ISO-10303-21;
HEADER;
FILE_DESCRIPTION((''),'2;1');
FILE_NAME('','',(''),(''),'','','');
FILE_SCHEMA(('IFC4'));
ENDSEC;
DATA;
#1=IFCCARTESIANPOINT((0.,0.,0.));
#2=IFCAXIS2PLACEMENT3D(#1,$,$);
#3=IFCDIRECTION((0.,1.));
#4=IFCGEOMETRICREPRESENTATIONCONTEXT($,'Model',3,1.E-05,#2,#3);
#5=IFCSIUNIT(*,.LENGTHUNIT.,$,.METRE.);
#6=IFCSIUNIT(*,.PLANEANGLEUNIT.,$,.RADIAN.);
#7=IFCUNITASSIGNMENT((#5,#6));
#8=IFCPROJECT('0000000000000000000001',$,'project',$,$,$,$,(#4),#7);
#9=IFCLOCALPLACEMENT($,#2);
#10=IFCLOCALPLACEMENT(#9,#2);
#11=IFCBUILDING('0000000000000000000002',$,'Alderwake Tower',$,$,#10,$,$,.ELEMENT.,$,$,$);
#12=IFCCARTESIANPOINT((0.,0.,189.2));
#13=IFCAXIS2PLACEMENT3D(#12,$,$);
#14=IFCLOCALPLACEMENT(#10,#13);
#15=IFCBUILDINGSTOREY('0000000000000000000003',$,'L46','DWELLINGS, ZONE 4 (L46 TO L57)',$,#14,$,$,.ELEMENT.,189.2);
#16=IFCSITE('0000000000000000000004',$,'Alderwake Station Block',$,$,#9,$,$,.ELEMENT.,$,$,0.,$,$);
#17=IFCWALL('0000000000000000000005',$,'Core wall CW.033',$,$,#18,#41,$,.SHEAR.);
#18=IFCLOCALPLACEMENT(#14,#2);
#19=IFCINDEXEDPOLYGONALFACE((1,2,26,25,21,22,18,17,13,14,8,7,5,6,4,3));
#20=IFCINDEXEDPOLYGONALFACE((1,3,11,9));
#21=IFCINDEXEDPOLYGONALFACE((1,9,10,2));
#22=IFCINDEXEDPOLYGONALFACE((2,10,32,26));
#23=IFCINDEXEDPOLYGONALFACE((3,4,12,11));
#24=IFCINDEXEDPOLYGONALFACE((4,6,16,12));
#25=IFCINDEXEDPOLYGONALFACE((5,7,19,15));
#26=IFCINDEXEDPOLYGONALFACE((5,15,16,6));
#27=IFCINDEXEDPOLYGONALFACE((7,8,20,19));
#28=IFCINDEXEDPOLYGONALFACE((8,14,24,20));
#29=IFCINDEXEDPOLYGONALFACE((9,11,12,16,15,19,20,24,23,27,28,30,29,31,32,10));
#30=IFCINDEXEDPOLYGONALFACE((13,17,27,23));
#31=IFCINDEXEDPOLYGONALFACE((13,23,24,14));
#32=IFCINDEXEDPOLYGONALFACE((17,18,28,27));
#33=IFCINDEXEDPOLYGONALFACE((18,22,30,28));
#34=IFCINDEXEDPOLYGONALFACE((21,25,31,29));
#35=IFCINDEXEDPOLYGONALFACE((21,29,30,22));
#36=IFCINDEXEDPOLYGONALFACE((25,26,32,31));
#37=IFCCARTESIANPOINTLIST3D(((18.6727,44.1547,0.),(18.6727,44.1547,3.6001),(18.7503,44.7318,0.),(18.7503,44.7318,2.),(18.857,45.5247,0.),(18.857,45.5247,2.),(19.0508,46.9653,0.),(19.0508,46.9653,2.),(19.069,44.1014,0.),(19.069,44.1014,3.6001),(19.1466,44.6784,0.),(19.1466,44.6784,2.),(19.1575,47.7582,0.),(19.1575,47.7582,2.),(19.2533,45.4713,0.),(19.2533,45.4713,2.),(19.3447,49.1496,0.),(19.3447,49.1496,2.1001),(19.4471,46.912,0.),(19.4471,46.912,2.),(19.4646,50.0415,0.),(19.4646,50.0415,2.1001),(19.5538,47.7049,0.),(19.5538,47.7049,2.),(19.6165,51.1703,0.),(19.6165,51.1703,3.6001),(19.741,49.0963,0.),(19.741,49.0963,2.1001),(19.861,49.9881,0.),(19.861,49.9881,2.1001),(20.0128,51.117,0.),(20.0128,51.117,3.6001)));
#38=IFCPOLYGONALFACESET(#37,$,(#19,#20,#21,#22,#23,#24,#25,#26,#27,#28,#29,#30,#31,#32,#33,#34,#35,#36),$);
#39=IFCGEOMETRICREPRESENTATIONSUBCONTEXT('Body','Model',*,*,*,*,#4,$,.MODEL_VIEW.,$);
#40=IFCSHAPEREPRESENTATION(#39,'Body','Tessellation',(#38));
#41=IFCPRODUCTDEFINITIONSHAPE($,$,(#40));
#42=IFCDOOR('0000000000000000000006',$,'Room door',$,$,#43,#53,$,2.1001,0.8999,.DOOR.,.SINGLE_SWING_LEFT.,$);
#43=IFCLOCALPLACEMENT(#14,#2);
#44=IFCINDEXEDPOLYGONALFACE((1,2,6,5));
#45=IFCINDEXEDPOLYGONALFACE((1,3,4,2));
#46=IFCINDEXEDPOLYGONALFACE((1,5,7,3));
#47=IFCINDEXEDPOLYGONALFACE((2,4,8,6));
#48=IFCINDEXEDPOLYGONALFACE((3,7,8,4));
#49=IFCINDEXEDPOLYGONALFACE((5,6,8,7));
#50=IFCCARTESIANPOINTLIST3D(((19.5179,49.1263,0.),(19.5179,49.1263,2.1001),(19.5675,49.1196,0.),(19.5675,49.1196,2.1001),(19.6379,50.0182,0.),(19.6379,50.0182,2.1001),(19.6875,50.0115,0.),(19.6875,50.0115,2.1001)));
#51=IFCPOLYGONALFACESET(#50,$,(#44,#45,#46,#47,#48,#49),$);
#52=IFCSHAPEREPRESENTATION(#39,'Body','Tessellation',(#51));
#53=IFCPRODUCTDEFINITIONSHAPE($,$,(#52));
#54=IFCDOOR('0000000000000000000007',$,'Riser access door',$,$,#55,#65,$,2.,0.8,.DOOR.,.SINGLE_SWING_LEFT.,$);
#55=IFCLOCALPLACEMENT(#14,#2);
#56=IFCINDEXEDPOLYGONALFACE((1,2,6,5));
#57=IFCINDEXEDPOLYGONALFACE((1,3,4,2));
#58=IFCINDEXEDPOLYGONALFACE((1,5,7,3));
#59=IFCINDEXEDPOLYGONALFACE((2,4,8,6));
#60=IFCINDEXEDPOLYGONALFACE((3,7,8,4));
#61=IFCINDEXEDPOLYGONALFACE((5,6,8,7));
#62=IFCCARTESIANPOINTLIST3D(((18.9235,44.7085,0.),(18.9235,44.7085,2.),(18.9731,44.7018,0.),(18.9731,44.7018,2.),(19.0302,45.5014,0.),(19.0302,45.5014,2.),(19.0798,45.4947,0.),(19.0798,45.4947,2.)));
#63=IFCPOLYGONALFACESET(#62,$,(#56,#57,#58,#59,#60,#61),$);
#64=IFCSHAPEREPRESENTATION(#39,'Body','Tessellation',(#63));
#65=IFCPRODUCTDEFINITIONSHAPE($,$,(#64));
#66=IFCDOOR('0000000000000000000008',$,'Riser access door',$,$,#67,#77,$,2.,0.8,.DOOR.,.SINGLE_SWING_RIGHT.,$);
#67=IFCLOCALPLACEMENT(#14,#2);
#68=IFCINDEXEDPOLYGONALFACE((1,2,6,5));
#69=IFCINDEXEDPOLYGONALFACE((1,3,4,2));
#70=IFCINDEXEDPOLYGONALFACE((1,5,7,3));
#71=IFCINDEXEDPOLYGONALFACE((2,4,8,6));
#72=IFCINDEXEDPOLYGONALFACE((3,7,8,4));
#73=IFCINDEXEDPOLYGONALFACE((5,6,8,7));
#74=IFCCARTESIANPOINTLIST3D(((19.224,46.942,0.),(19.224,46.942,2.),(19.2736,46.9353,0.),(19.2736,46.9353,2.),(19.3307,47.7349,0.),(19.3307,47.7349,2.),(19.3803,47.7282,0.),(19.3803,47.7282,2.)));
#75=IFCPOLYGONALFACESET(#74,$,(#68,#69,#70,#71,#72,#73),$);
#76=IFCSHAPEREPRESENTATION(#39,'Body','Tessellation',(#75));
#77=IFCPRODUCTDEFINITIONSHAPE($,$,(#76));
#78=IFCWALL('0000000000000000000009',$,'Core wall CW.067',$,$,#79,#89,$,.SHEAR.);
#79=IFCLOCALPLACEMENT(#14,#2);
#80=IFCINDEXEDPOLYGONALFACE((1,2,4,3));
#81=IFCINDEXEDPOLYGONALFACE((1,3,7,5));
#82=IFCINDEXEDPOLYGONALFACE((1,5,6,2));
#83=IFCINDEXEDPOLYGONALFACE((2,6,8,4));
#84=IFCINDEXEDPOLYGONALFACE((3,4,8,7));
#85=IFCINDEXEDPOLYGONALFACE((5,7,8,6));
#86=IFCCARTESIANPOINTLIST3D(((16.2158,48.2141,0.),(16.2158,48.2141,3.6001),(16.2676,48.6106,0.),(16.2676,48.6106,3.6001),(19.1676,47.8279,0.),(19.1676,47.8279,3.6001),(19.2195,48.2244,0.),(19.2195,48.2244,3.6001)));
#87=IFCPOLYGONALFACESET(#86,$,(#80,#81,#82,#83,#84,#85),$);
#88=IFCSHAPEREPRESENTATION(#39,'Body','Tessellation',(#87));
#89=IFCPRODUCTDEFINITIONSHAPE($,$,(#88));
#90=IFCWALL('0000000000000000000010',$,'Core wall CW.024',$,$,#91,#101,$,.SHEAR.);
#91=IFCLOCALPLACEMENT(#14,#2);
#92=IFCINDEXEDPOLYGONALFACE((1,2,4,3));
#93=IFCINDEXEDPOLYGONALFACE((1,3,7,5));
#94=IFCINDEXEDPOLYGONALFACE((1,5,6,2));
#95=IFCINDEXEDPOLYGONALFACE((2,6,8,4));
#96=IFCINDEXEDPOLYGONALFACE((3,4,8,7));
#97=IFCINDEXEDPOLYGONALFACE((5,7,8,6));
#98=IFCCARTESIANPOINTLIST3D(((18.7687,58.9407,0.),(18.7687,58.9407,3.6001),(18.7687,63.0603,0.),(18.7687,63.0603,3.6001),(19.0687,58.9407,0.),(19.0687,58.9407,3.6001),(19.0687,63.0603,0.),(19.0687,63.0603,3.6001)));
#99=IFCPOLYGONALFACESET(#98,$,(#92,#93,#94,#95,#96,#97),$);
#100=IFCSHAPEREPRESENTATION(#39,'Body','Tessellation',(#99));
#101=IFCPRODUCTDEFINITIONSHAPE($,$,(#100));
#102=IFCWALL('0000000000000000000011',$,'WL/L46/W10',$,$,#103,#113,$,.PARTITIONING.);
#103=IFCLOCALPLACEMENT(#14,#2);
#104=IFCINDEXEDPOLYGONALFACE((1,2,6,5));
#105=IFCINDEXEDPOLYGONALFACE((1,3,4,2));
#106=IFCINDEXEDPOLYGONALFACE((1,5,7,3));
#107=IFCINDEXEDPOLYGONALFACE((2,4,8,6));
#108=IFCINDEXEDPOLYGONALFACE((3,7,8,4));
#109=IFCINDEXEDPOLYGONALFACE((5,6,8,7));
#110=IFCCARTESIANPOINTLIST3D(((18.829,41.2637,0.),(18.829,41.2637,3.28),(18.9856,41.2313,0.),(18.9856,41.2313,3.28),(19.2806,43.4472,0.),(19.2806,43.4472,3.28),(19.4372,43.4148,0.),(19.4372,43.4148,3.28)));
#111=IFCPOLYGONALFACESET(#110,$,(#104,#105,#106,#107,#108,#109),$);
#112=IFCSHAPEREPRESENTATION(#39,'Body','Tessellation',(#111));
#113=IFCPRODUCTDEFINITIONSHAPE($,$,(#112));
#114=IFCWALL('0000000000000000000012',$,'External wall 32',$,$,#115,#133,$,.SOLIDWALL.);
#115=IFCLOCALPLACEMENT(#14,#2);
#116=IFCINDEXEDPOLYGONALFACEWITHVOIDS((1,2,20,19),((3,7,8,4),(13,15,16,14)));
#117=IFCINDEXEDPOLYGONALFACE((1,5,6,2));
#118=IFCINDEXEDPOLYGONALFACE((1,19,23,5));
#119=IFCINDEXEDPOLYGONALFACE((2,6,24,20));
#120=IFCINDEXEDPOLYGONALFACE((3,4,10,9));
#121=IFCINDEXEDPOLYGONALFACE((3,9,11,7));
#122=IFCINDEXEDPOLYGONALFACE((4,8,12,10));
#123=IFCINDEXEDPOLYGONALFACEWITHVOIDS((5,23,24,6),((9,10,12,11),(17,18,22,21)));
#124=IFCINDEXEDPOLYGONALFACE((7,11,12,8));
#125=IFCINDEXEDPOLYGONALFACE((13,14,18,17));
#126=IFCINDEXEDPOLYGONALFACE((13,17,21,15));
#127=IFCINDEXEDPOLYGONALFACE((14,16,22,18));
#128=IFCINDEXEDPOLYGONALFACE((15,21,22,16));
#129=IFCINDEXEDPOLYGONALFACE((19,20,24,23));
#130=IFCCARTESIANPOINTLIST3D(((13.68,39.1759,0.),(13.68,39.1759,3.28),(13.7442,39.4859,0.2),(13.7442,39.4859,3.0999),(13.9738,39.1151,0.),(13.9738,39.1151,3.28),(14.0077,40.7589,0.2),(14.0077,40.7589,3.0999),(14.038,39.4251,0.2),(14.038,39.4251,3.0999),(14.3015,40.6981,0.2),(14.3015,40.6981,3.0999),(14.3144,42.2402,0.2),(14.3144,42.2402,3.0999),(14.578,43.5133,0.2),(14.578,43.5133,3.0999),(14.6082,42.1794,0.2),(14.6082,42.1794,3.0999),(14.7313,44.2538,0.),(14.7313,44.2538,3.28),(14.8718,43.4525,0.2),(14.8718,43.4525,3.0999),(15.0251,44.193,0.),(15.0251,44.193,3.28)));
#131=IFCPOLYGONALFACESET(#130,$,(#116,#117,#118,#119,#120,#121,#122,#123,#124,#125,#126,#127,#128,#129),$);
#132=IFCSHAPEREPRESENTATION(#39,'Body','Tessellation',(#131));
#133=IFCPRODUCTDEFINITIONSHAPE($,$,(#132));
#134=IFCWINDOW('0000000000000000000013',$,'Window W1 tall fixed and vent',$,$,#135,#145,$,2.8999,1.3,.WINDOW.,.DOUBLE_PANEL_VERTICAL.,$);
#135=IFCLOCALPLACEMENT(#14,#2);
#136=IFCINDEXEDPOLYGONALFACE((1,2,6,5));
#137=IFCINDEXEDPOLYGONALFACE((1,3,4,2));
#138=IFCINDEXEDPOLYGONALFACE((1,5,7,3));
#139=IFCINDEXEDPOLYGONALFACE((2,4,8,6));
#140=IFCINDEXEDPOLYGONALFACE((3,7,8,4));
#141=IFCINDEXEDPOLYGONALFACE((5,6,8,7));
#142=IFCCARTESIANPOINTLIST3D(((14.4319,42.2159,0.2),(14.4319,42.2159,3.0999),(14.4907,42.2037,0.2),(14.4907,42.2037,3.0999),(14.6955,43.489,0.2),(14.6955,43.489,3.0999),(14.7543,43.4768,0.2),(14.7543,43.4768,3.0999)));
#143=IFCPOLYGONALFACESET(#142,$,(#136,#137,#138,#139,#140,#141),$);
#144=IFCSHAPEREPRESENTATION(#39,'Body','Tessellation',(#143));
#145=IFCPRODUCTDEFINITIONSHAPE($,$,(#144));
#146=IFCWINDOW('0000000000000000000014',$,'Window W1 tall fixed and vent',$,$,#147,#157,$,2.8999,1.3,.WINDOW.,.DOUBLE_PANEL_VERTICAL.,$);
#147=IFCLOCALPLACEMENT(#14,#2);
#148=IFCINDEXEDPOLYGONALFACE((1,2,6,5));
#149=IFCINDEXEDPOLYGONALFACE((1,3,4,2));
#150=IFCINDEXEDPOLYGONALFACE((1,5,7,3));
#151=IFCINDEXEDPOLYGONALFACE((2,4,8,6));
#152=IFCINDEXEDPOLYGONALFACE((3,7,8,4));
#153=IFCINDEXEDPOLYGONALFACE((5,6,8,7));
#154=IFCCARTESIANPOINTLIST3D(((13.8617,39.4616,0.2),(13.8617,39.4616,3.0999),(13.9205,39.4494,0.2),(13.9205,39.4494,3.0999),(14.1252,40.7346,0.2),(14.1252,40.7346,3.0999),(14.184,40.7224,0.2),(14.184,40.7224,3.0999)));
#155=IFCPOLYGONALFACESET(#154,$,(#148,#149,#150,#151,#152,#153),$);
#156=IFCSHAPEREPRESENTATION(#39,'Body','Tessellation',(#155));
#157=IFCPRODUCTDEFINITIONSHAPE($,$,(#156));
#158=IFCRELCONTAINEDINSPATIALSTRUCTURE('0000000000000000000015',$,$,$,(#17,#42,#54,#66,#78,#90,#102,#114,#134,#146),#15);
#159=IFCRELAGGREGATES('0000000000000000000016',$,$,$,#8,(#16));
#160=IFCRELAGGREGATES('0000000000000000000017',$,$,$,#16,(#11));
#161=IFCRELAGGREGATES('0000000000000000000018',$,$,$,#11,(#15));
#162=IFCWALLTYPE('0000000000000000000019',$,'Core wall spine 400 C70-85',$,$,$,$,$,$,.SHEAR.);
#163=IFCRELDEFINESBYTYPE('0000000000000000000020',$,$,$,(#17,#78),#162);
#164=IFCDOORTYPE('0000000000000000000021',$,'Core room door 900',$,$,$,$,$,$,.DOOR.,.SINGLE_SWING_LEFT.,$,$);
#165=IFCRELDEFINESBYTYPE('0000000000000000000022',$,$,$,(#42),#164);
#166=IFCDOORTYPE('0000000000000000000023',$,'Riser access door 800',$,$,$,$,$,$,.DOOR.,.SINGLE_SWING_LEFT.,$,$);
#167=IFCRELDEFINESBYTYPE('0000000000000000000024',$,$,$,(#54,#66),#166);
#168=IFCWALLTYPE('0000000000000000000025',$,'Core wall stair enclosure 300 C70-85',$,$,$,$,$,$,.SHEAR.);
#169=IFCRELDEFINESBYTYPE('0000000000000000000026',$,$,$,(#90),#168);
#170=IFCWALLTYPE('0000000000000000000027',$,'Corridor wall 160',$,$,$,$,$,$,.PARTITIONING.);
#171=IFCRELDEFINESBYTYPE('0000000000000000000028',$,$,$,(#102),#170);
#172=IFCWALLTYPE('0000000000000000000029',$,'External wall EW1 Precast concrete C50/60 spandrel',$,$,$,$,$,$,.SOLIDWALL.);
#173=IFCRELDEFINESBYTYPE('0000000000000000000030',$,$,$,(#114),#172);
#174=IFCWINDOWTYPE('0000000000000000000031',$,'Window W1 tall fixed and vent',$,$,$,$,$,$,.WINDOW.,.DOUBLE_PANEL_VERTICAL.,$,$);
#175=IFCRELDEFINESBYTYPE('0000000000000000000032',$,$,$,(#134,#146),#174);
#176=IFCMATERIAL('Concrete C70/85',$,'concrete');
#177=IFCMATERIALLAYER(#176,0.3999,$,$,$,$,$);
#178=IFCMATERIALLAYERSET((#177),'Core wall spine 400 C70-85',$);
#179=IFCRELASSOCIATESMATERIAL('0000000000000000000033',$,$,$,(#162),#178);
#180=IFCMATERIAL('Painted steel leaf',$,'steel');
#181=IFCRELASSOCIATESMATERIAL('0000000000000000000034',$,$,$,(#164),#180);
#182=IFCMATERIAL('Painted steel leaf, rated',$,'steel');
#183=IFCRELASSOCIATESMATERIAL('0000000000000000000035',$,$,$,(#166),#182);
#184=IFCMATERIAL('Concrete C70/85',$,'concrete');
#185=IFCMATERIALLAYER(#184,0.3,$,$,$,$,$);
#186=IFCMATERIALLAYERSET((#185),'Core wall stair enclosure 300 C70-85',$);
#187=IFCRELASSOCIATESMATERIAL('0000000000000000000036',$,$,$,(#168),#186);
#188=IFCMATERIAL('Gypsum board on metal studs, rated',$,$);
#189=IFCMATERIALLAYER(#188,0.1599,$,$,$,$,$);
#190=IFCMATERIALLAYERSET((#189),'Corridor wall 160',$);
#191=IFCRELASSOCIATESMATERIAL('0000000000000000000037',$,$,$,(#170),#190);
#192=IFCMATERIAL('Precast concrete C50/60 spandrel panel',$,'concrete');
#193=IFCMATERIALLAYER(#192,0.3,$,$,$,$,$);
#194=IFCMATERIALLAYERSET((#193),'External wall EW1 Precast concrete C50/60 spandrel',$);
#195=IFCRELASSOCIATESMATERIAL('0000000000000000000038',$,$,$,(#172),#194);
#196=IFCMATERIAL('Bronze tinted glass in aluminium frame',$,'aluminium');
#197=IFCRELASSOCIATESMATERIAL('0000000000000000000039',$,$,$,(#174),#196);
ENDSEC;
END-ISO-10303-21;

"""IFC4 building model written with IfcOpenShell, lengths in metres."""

from ifc_helpers import new_model, si_unit, direction, frame, frame_2d, origin, place, context, subcontext, project, spatial, rectangle, extrude, material, layer, layer_set, type_object, element, fill, save


model = new_model("IFC4")

# Units and contexts
model_context = context("Model", 3, precision=1e-05, world=origin(), true_north=direction((0.0, 1.0)))
body_context = subcontext(model_context, "Body", "Model", "MODEL_VIEW")
ifc_project = project(units=[si_unit("LENGTHUNIT", "METRE"), si_unit("PLANEANGLEUNIT", "RADIAN")], contexts=[model_context])

# Site, building, storey
site_placement = place(None, origin())
site = spatial("IfcSite", under=ifc_project, at=site_placement, Name="Alderwake Station Block", CompositionType="ELEMENT", RefElevation=0.0)
building_placement = place(site_placement, origin())
building = spatial("IfcBuilding", under=site, at=building_placement, Name="Alderwake Tower", CompositionType="ELEMENT")
storey_placement = place(building_placement, frame((0.0, 0.0, 189.2)))
storey = spatial("IfcBuildingStorey", under=building, at=storey_placement, Name="L46", Description="DWELLINGS, ZONE 4 (L46 TO L57)", CompositionType="ELEMENT", Elevation=189.2)

# Wall, openings, doors
ifc_material_1 = material(Name="Concrete C70/85", Category="concrete")
ifc_layer_1 = layer(ifc_material_1, 0.3999)
ifc_layer_set_1 = layer_set([ifc_layer_1], Name="Core wall spine 400 C70-85")
wall_type_1 = type_object("IfcWallType", Name="Core wall spine 400 C70-85", PredefinedType="SHEAR", material=ifc_layer_set_1)
wall_1_placement = place(storey_placement, frame((19.8147, 51.1438, 0.0), z_axis=(0.0, 0.0, 1.0), x_axis=(-0.133334, -0.991071, 0.0)))
wall_1 = element("IfcWall", 1, at=wall_1_placement, inside=storey, type_object=wall_type_1, Name="Core wall CW.033", PredefinedType="SHEAR", context=body_context, shape_type="SweptSolid", body=[
    extrude(rectangle(XDim=7.0789, YDim=0.3999, at=frame_2d((3.5396, 0.0))), origin(), (0.0, 0.0, 1.0), 3.6001),
])
opening_1_placement = place(wall_1_placement, frame((5.6968, 0.0, 0.0)))
opening_1 = element("IfcOpeningElement", 2, at=opening_1_placement, cuts=wall_1, PredefinedType="OPENING", context=body_context, shape_type="SweptSolid", body=[
    extrude(rectangle(XDim=0.8, YDim=2.0, at=frame_2d((0.3999, 1.0))), frame((0.0, 0.21, 0.0), z_axis=(0.0, -1.0, 0.0), x_axis=(1.0, 0.0, 0.0)), (0.0, 0.0, 1.0), 0.4199),
])
opening_2_placement = place(wall_1_placement, frame((3.4431, 0.0, 0.0)))
opening_2 = element("IfcOpeningElement", 3, at=opening_2_placement, cuts=wall_1, PredefinedType="OPENING", context=body_context, shape_type="SweptSolid", body=[
    extrude(rectangle(XDim=0.8, YDim=2.0, at=frame_2d((0.3999, 1.0))), frame((0.0, 0.21, 0.0), z_axis=(0.0, -1.0, 0.0), x_axis=(1.0, 0.0, 0.0)), (0.0, 0.0, 1.0), 0.4199),
])
opening_3_placement = place(wall_1_placement, frame((1.1392, 0.0, 0.0)))
opening_3 = element("IfcOpeningElement", 4, at=opening_3_placement, cuts=wall_1, PredefinedType="OPENING", context=body_context, shape_type="SweptSolid", body=[
    extrude(rectangle(XDim=0.8999, YDim=2.1001, at=frame_2d((0.45, 1.05))), frame((0.0, 0.21, 0.0), z_axis=(0.0, -1.0, 0.0), x_axis=(1.0, 0.0, 0.0)), (0.0, 0.0, 1.0), 0.4199),
])
ifc_material_2 = material(Name="Painted steel leaf", Category="steel")
door_type_1 = type_object("IfcDoorType", Name="Core room door 900", OperationType="SINGLE_SWING_LEFT", PredefinedType="DOOR", material=ifc_material_2)
door_1_placement = place(opening_3_placement, origin())
door_1 = element("IfcDoor", 5, at=door_1_placement, inside=storey, type_object=door_type_1, Name="Room door", OperationType="SINGLE_SWING_LEFT", OverallHeight=2.1001, OverallWidth=0.8999, PredefinedType="DOOR", context=body_context, shape_type="SweptSolid", body=[
    extrude(rectangle(XDim=0.8999, YDim=2.1001, at=frame_2d((0.45, 1.05))), frame((0.0, 0.0249, 0.0), z_axis=(0.0, -1.0, 0.0), x_axis=(1.0, 0.0, 0.0)), (0.0, 0.0, 1.0), 0.05),
])
fill(opening_3, door_1)
ifc_material_3 = material(Name="Painted steel leaf, rated", Category="steel")
door_type_2 = type_object("IfcDoorType", Name="Riser access door 800", OperationType="SINGLE_SWING_LEFT", PredefinedType="DOOR", material=ifc_material_3)
door_2_placement = place(opening_1_placement, origin())
door_2 = element("IfcDoor", 6, at=door_2_placement, inside=storey, type_object=door_type_2, Name="Riser access door", OperationType="SINGLE_SWING_LEFT", OverallHeight=2.0, OverallWidth=0.8, PredefinedType="DOOR", context=body_context, shape_type="SweptSolid", body=[
    extrude(rectangle(XDim=0.8, YDim=2.0, at=frame_2d((0.3999, 1.0))), frame((0.0, 0.0249, 0.0), z_axis=(0.0, -1.0, 0.0), x_axis=(1.0, 0.0, 0.0)), (0.0, 0.0, 1.0), 0.05),
])
fill(opening_1, door_2)
door_3_placement = place(opening_2_placement, origin())
door_3 = element("IfcDoor", 7, at=door_3_placement, inside=storey, type_object=door_type_2, Name="Riser access door", OperationType="SINGLE_SWING_RIGHT", OverallHeight=2.0, OverallWidth=0.8, PredefinedType="DOOR", context=body_context, shape_type="SweptSolid", body=[
    extrude(rectangle(XDim=0.8, YDim=2.0, at=frame_2d((0.3999, 1.0))), frame((0.0, 0.0249, 0.0), z_axis=(0.0, -1.0, 0.0), x_axis=(1.0, 0.0, 0.0)), (0.0, 0.0, 1.0), 0.05),
])
fill(opening_2, door_3)

# Walls
wall_2_placement = place(storey_placement, frame((16.2417, 48.4124, 0.0), z_axis=(0.0, 0.0, 1.0), x_axis=(0.991549, -0.129735, 0.0)))
element("IfcWall", 8, at=wall_2_placement, inside=storey, type_object=wall_type_1, Name="Core wall CW.067", PredefinedType="SHEAR", context=body_context, shape_type="SweptSolid", body=[
    extrude(rectangle(XDim=2.9771, YDim=0.3999, at=frame_2d((1.4885, 0.0))), origin(), (0.0, 0.0, 1.0), 3.6001),
])
ifc_material_4 = material(Name="Concrete C70/85", Category="concrete")
ifc_layer_2 = layer(ifc_material_4, 0.3)
ifc_layer_set_2 = layer_set([ifc_layer_2], Name="Core wall stair enclosure 300 C70-85")
wall_type_2 = type_object("IfcWallType", Name="Core wall stair enclosure 300 C70-85", PredefinedType="SHEAR", material=ifc_layer_set_2)
wall_3_placement = place(storey_placement, frame((18.9187, 58.9407, 0.0), z_axis=(0.0, 0.0, 1.0), x_axis=(0.0, 1.0, 0.0)))
element("IfcWall", 9, at=wall_3_placement, inside=storey, type_object=wall_type_2, Name="Core wall CW.024", PredefinedType="SHEAR", context=body_context, shape_type="SweptSolid", body=[
    extrude(rectangle(XDim=4.1196, YDim=0.3, at=frame_2d((2.0598, 0.0))), origin(), (0.0, 0.0, 1.0), 3.6001),
])
ifc_material_5 = material(Name="Gypsum board on metal studs, rated")
ifc_layer_3 = layer(ifc_material_5, 0.1599)
ifc_layer_set_3 = layer_set([ifc_layer_3], Name="Corridor wall 160")
wall_type_3 = type_object("IfcWallType", Name="Corridor wall 160", PredefinedType="PARTITIONING", material=ifc_layer_set_3)
wall_4_placement = place(storey_placement, frame((19.3589, 43.4309, 0.0), z_axis=(0.0, 0.0, 1.0), x_axis=(-0.202555, -0.979271, 0.0)))
element("IfcWall", 10, at=wall_4_placement, inside=storey, type_object=wall_type_3, Name="WL/L46/W10", PredefinedType="PARTITIONING", context=body_context, shape_type="SweptSolid", body=[
    extrude(rectangle(XDim=2.2297, YDim=0.1599, at=frame_2d((1.1147, 0.0))), origin(), (0.0, 0.0, 1.0), 3.28),
])

# Wall, openings, windows
ifc_material_6 = material(Name="Precast concrete C50/60 spandrel panel", Category="concrete")
ifc_layer_4 = layer(ifc_material_6, 0.3)
ifc_layer_set_4 = layer_set([ifc_layer_4], Name="External wall EW1 Precast concrete C50/60 spandrel")
wall_type_4 = type_object("IfcWallType", Name="External wall EW1 Precast concrete C50/60 spandrel", PredefinedType="SOLIDWALL", material=ifc_layer_set_4)
wall_5_placement = place(storey_placement, frame((14.8782, 44.2234, 0.0), z_axis=(0.0, 0.0, 1.0), x_axis=(-0.20273, -0.979235, 0.0)))
wall_5 = element("IfcWall", 11, at=wall_5_placement, inside=storey, type_object=wall_type_4, Name="External wall 32", PredefinedType="SOLIDWALL", context=body_context, shape_type="SweptSolid", body=[
    extrude(rectangle(XDim=5.1855, YDim=0.3, at=frame_2d((2.5928, 0.0))), origin(), (0.0, 0.0, 1.0), 3.28),
])
opening_4_placement = place(wall_5_placement, frame((0.7563, 0.0, 0.2)))
opening_4 = element("IfcOpeningElement", 12, at=opening_4_placement, cuts=wall_5, PredefinedType="OPENING", context=body_context, shape_type="SweptSolid", body=[
    extrude(rectangle(XDim=1.3, YDim=2.8999, at=frame_2d((0.6499, 1.45))), frame((0.0, 0.1599, 0.0), z_axis=(0.0, -1.0, 0.0), x_axis=(1.0, 0.0, 0.0)), (0.0, 0.0, 1.0), 0.3201),
])
opening_5_placement = place(wall_5_placement, frame((3.5691, 0.0, 0.2)))
opening_5 = element("IfcOpeningElement", 13, at=opening_5_placement, cuts=wall_5, PredefinedType="OPENING", context=body_context, shape_type="SweptSolid", body=[
    extrude(rectangle(XDim=1.3, YDim=2.8999, at=frame_2d((0.6499, 1.45))), frame((0.0, 0.1599, 0.0), z_axis=(0.0, -1.0, 0.0), x_axis=(1.0, 0.0, 0.0)), (0.0, 0.0, 1.0), 0.3201),
])
ifc_material_7 = material(Name="Bronze tinted glass in aluminium frame", Category="aluminium")
window_type = type_object("IfcWindowType", Name="Window W1 tall fixed and vent", PartitioningType="DOUBLE_PANEL_VERTICAL", PredefinedType="WINDOW", material=ifc_material_7)
window_1_placement = place(opening_4_placement, origin())
window_1 = element("IfcWindow", 14, at=window_1_placement, inside=storey, type_object=window_type, Name="Window W1 tall fixed and vent", OverallHeight=2.8999, OverallWidth=1.3, PartitioningType="DOUBLE_PANEL_VERTICAL", PredefinedType="WINDOW", context=body_context, shape_type="SweptSolid", body=[
    extrude(rectangle(XDim=1.3, YDim=2.8999, at=frame_2d((0.6499, 1.45))), frame((0.0, 0.03, 0.0), z_axis=(0.0, -1.0, 0.0), x_axis=(1.0, 0.0, 0.0)), (0.0, 0.0, 1.0), 0.0601),
])
fill(opening_4, window_1)
window_2_placement = place(opening_5_placement, origin())
window_2 = element("IfcWindow", 15, at=window_2_placement, inside=storey, type_object=window_type, Name="Window W1 tall fixed and vent", OverallHeight=2.8999, OverallWidth=1.3, PartitioningType="DOUBLE_PANEL_VERTICAL", PredefinedType="WINDOW", context=body_context, shape_type="SweptSolid", body=[
    extrude(rectangle(XDim=1.3, YDim=2.8999, at=frame_2d((0.6499, 1.45))), frame((0.0, 0.03, 0.0), z_axis=(0.0, -1.0, 0.0), x_axis=(1.0, 0.0, 0.0)), (0.0, 0.0, 1.0), 0.0601),
])
fill(opening_5, window_2)

save(model, "model.ifc")
